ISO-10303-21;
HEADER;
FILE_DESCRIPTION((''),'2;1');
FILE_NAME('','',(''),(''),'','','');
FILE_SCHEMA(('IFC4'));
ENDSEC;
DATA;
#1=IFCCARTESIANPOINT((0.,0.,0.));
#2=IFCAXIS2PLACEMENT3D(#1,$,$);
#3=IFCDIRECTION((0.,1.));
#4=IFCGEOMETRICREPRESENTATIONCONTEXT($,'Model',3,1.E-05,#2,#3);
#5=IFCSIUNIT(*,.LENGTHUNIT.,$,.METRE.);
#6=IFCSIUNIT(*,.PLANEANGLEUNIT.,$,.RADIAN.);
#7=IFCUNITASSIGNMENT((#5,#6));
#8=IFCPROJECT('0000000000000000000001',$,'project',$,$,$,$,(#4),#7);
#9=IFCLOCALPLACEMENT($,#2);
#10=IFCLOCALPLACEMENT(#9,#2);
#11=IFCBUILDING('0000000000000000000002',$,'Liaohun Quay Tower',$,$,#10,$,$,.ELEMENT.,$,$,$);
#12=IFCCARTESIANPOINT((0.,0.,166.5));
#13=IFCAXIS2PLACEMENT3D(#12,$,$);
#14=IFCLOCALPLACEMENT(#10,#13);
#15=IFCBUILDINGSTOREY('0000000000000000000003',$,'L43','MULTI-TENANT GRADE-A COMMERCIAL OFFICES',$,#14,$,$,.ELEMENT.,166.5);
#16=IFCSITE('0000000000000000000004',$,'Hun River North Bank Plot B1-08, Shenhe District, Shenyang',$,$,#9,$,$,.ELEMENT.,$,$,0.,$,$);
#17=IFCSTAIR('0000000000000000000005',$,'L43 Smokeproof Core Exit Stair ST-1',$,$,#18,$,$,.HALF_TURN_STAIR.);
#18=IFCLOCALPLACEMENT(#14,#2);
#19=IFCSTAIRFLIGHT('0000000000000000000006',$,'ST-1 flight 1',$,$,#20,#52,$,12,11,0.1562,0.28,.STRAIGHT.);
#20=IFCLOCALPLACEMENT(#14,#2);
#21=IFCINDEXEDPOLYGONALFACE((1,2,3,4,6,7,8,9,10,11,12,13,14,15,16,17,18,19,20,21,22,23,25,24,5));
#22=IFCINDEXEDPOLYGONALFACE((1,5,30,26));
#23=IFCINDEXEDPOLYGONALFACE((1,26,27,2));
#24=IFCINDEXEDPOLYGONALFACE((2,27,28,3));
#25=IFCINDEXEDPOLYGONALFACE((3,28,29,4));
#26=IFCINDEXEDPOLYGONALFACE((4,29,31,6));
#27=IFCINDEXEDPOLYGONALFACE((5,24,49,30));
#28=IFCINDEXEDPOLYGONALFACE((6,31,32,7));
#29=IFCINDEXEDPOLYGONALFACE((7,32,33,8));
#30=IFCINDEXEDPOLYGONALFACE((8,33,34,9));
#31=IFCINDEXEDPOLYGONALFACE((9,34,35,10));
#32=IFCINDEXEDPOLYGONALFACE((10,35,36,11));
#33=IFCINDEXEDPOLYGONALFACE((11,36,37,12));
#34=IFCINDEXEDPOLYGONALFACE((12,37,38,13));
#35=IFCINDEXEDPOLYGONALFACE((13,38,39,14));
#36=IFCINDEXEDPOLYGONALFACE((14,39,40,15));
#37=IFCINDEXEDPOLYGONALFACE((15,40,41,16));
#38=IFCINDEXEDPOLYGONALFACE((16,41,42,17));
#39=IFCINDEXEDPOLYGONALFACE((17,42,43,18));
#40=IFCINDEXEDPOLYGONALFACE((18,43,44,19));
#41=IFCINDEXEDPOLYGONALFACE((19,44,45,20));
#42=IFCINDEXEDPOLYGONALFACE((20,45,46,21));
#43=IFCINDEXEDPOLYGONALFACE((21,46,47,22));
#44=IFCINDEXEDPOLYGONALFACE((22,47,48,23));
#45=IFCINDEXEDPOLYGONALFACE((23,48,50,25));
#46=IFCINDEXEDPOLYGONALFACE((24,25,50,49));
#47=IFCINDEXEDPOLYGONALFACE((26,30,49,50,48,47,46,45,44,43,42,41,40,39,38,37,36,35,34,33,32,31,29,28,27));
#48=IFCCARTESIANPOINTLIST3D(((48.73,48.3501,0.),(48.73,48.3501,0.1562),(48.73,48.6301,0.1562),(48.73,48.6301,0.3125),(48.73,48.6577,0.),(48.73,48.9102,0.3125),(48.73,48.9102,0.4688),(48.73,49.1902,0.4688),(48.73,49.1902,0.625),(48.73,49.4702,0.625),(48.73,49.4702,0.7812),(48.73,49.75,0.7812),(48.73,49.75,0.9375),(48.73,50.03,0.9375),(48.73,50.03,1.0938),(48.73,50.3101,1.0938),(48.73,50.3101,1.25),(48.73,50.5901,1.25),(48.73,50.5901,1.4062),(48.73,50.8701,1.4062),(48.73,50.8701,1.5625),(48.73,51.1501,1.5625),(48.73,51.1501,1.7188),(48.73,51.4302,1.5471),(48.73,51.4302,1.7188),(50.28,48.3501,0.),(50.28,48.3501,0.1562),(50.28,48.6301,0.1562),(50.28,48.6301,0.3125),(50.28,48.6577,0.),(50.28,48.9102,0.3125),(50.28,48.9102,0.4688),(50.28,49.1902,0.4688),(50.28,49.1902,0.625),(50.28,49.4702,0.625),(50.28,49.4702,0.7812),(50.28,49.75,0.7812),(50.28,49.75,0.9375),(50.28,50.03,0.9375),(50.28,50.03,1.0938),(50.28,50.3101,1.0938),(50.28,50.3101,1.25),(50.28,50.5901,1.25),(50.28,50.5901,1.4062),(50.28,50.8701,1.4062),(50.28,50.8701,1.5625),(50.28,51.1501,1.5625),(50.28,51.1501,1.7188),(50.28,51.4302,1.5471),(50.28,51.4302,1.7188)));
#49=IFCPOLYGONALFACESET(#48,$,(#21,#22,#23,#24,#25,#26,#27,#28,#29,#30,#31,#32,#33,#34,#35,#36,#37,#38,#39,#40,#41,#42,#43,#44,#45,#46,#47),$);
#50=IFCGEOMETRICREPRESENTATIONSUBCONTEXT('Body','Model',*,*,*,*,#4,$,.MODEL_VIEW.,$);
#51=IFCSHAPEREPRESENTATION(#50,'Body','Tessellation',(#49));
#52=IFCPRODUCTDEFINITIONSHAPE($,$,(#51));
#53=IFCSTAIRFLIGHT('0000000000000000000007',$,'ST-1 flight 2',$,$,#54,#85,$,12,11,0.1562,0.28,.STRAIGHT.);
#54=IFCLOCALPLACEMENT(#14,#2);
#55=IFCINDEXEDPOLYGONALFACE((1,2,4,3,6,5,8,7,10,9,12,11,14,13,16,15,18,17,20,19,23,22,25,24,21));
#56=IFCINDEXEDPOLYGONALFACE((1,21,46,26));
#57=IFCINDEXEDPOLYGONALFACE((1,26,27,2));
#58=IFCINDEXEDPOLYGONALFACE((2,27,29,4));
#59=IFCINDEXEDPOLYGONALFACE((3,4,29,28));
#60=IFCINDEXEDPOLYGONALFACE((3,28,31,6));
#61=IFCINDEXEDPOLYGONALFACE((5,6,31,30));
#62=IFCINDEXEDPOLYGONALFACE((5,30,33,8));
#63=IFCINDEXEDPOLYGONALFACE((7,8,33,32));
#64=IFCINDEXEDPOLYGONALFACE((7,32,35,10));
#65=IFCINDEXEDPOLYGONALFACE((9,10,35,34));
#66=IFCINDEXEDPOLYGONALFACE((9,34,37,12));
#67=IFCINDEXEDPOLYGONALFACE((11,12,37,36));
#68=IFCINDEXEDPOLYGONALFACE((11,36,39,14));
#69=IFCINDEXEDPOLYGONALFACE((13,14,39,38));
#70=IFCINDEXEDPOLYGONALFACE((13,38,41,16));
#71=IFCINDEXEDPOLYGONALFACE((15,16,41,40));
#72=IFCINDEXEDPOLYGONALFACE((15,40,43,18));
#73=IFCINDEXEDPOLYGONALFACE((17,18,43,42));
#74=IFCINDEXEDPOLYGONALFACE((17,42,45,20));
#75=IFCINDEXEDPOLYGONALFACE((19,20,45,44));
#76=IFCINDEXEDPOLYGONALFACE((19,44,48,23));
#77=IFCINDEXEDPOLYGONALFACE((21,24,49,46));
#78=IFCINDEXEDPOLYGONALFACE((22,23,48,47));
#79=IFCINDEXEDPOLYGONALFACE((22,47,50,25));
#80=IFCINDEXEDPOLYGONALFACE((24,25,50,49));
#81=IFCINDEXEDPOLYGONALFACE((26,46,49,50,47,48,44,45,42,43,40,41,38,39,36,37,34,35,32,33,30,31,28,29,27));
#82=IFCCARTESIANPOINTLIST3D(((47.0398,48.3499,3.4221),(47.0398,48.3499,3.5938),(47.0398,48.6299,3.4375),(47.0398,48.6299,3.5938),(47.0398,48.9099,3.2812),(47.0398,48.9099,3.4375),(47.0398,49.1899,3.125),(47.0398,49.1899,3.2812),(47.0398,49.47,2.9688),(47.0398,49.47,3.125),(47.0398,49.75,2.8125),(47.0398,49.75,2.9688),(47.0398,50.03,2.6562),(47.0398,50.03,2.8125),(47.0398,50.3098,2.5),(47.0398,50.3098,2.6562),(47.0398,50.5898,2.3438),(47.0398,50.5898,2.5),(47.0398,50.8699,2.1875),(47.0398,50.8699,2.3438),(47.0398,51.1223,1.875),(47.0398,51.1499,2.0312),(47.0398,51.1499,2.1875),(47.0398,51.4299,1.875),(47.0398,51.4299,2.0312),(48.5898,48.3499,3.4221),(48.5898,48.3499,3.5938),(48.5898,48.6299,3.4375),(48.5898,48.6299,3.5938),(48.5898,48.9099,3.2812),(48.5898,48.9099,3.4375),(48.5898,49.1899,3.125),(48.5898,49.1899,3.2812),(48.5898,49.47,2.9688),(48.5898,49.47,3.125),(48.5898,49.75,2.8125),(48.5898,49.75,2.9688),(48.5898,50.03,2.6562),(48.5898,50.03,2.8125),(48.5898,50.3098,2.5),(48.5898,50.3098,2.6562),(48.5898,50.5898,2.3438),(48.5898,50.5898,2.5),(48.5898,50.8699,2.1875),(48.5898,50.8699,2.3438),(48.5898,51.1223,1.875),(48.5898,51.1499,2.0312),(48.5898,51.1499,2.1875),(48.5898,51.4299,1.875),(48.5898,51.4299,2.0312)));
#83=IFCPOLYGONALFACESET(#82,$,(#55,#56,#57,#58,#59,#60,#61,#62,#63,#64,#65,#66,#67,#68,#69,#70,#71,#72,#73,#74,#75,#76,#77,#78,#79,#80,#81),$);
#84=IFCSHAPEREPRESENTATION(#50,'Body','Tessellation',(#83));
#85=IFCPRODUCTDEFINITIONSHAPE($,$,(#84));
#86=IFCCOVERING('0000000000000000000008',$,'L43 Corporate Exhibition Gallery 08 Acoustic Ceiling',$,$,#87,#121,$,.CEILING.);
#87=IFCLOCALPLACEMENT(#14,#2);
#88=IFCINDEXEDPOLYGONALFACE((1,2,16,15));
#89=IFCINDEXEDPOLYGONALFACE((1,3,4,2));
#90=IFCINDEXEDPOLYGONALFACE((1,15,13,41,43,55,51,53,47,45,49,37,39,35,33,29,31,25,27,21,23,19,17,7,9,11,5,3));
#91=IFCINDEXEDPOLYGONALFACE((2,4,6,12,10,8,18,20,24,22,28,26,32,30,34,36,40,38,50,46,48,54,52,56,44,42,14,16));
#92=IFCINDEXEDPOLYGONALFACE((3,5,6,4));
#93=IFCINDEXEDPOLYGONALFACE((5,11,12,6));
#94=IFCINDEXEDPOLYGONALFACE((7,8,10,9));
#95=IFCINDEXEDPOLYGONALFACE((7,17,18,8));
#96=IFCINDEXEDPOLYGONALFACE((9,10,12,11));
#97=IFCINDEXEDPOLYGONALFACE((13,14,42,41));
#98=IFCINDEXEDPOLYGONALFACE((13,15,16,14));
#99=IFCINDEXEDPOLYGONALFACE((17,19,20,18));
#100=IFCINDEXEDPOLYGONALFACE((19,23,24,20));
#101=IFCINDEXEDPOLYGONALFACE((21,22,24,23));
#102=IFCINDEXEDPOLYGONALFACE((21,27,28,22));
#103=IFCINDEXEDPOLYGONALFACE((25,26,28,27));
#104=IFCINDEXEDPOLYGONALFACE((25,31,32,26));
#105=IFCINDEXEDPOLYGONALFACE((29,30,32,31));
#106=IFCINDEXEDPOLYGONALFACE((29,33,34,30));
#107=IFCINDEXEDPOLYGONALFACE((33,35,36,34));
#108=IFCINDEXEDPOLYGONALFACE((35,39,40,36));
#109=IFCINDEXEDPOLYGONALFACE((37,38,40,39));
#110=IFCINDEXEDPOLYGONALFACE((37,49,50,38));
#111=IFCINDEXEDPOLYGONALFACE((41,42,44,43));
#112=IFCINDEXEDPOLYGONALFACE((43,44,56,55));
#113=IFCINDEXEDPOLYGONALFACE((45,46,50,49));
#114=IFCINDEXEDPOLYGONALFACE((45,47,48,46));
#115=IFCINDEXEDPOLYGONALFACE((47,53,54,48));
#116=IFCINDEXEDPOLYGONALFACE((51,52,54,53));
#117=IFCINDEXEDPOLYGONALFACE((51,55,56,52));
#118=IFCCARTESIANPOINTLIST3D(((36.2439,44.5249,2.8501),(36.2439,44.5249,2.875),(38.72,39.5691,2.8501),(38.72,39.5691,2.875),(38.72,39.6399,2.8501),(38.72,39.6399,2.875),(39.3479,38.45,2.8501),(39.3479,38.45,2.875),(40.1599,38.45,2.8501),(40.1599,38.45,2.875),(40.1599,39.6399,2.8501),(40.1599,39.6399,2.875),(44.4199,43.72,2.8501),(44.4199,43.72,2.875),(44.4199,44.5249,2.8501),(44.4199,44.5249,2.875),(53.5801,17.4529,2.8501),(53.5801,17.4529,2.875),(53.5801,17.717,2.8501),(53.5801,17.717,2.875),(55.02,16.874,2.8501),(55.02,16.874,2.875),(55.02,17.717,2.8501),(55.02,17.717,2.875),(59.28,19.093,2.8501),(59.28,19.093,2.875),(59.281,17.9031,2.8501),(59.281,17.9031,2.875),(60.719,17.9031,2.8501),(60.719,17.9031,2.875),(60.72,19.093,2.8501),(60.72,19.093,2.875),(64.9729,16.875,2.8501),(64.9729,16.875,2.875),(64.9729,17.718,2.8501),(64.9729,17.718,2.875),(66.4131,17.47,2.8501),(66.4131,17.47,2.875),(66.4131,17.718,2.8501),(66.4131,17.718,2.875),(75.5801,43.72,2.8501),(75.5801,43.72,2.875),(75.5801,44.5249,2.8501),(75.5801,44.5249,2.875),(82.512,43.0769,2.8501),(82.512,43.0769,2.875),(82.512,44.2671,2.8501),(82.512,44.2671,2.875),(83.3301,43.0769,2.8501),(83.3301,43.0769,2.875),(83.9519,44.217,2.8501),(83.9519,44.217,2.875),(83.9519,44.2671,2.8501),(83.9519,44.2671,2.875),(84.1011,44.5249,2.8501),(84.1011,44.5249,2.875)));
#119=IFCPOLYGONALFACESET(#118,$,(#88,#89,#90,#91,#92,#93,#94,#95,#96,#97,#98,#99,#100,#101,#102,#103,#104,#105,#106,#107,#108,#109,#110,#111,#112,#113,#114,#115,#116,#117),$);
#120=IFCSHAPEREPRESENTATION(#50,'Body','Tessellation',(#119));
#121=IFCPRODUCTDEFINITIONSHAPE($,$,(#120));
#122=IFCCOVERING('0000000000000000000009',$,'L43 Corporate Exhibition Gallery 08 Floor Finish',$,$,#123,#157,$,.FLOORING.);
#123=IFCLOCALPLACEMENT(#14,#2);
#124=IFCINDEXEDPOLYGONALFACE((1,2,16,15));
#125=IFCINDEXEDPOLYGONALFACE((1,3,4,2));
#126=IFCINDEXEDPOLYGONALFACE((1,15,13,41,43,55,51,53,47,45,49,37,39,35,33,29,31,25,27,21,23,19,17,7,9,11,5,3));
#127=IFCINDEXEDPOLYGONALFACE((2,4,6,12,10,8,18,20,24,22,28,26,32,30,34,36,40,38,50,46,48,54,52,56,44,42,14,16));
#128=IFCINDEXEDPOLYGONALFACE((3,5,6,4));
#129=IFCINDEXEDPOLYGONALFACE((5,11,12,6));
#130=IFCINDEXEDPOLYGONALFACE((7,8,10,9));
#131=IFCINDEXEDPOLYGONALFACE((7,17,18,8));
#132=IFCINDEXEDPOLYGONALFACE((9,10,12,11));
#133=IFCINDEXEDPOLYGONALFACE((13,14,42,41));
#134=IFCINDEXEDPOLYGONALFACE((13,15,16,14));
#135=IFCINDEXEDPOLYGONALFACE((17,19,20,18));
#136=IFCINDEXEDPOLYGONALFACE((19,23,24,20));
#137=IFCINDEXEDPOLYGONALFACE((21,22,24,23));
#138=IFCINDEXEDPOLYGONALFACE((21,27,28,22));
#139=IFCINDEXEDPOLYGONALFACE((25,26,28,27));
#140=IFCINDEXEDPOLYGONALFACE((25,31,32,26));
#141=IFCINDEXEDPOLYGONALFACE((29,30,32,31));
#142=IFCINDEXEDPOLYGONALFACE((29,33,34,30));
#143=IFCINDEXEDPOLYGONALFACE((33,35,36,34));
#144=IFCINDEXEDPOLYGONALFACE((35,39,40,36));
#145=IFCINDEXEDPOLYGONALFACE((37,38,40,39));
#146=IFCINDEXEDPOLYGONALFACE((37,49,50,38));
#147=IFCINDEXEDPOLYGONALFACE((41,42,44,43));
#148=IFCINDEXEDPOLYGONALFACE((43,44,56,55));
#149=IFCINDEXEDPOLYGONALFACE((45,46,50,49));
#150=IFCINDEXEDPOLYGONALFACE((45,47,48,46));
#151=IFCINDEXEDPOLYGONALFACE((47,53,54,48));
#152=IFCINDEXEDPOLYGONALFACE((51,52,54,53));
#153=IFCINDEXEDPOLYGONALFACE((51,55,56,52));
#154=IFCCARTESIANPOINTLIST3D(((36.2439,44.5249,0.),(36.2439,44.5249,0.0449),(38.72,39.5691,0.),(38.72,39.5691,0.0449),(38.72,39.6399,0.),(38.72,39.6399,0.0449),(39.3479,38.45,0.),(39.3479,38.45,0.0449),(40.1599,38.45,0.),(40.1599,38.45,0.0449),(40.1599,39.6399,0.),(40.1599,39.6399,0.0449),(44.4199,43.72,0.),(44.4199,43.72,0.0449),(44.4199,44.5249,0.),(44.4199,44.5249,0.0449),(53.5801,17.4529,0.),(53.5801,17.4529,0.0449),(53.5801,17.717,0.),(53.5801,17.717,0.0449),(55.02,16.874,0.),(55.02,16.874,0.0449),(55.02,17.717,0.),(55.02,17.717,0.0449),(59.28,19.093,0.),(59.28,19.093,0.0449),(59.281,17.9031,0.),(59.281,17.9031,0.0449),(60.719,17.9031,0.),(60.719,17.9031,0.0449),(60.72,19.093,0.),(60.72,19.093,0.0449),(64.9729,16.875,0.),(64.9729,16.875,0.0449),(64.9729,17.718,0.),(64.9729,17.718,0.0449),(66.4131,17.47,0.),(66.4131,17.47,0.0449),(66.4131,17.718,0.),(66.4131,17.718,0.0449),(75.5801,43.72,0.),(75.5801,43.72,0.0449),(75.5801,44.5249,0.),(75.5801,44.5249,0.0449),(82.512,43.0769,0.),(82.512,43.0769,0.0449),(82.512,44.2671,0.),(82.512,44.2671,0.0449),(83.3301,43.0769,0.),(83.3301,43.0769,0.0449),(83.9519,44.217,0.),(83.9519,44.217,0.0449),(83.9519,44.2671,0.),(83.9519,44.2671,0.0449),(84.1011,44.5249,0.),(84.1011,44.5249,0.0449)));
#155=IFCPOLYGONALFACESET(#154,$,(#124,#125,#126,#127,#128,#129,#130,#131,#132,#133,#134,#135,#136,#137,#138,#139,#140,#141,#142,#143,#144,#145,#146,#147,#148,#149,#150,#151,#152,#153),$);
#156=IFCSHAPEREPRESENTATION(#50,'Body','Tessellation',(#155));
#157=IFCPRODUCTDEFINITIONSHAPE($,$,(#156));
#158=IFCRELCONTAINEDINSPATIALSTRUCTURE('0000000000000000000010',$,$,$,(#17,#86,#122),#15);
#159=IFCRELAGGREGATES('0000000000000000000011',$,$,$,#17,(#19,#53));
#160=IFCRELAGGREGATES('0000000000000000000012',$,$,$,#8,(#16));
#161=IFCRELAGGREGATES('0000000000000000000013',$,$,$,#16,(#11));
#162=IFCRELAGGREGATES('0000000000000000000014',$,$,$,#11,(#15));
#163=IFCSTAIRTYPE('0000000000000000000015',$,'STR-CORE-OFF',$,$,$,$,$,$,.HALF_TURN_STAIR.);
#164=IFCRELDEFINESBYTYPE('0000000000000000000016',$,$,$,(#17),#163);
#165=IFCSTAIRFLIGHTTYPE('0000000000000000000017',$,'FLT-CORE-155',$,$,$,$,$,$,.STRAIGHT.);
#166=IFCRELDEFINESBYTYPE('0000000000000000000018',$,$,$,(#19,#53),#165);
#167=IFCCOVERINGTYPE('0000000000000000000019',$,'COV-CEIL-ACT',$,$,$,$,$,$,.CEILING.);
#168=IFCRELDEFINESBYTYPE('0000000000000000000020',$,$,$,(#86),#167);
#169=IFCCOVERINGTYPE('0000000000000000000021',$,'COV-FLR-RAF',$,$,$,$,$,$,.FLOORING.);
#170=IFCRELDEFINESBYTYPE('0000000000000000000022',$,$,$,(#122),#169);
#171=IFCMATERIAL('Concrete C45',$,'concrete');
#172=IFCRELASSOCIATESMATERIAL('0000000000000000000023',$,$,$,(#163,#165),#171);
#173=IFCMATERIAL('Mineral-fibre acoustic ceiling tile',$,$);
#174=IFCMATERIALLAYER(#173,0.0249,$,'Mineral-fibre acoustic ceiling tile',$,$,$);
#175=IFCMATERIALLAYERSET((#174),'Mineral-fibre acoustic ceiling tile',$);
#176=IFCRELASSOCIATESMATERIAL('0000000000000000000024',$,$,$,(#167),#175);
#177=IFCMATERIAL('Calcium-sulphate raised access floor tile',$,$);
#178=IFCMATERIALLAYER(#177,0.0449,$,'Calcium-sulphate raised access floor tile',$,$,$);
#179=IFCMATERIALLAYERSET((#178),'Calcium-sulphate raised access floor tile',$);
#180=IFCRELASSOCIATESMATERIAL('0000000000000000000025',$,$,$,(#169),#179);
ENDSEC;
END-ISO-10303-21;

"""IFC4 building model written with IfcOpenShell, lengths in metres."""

from ifc_helpers import new_model, si_unit, direction, frame, origin, place, context, subcontext, project, spatial, polyline, outline, extrude, material, layer, layer_set, type_object, element, aggregate, save


model = new_model("IFC4")

# Units and contexts
model_context = context("Model", 3, precision=1e-05, world=origin(), true_north=direction((0.0, 1.0)))
body_context = subcontext(model_context, "Body", "Model", "MODEL_VIEW")
ifc_project = project(units=[si_unit("LENGTHUNIT", "METRE"), si_unit("PLANEANGLEUNIT", "RADIAN")], contexts=[model_context])

# Site, building, storey
site_placement = place(None, origin())
site = spatial("IfcSite", under=ifc_project, at=site_placement, Name="Hun River North Bank Plot B1-08, Shenhe District, Shenyang", CompositionType="ELEMENT", RefElevation=0.0)
building_placement = place(site_placement, origin())
building = spatial("IfcBuilding", under=site, at=building_placement, Name="Liaohun Quay Tower", CompositionType="ELEMENT")
storey_placement = place(building_placement, frame((0.0, 0.0, 166.5)))
storey = spatial("IfcBuildingStorey", under=building, at=storey_placement, Name="L43", Description="MULTI-TENANT GRADE-A COMMERCIAL OFFICES", CompositionType="ELEMENT", Elevation=166.5)

# Stair
ifc_material_1 = material(Name="Concrete C45", Category="concrete")
stair_type = type_object("IfcStairType", Name="STR-CORE-OFF", PredefinedType="HALF_TURN_STAIR", material=ifc_material_1)
stair_1_placement = place(storey_placement, origin())
stair_1 = element("IfcStair", 1, at=stair_1_placement, inside=storey, type_object=stair_type, Name="L43 Smokeproof Core Exit Stair ST-1", PredefinedType="HALF_TURN_STAIR")

# Stair flights
stair_flight_type = type_object("IfcStairFlightType", Name="FLT-CORE-155", PredefinedType="STRAIGHT", material=ifc_material_1)
stair_flight_1_placement = place(storey_placement, frame((49.5049, 48.3501, 0.0), z_axis=(0.0, 0.0, 1.0), x_axis=(0.0, 1.0, 0.0)))
stair_flight_1 = element("IfcStairFlight", 2, at=stair_flight_1_placement, type_object=stair_flight_type, Name="ST-1 flight 1", NumberOfRisers=12, NumberOfTreads=11, PredefinedType="STRAIGHT", RiserHeight=0.1562, TreadLength=0.28, context=body_context, shape_type="SweptSolid", body=[
    extrude(outline(polyline([(0.0, 0.0), (0.0, 0.1562), (0.28, 0.1562), (0.28, 0.3125), (0.5601, 0.3125), (0.5601, 0.4688), (0.8401, 0.4688), (0.8401, 0.625), (1.1201, 0.625), (1.1201, 0.7812), (1.3999, 0.7812), (1.3999, 0.9375), (1.6799, 0.9375), (1.6799, 1.0938), (1.96, 1.0938), (1.96, 1.25), (2.24, 1.25), (2.24, 1.4062), (2.52, 1.4062), (2.52, 1.5625), (2.8, 1.5625), (2.8, 1.7188), (3.0801, 1.7188), (3.0801, 1.875), (3.0801, 1.5471), (0.3076, 0.0), (0.0, 0.0)])), frame((0.0, 0.7749, 0.0), z_axis=(0.0, -1.0, 0.0), x_axis=(1.0, 0.0, 0.0)), (0.0, 0.0, 1.0), 1.55),
])
stair_flight_2_placement = place(storey_placement, frame((47.8149, 51.4299, 1.875), z_axis=(0.0, 0.0, 1.0), x_axis=(0.0, -1.0, 0.0)))
stair_flight_2 = element("IfcStairFlight", 3, at=stair_flight_2_placement, type_object=stair_flight_type, Name="ST-1 flight 2", NumberOfRisers=12, NumberOfTreads=11, PredefinedType="STRAIGHT", RiserHeight=0.1562, TreadLength=0.28, context=body_context, shape_type="SweptSolid", body=[
    extrude(outline(polyline([(0.0, 0.0), (0.0, 0.1562), (0.28, 0.1562), (0.28, 0.3125), (0.5601, 0.3125), (0.5601, 0.4688), (0.8401, 0.4688), (0.8401, 0.625), (1.1201, 0.625), (1.1201, 0.7812), (1.3999, 0.7812), (1.3999, 0.9375), (1.6799, 0.9375), (1.6799, 1.0938), (1.96, 1.0938), (1.96, 1.25), (2.24, 1.25), (2.24, 1.4062), (2.52, 1.4062), (2.52, 1.5625), (2.8, 1.5625), (2.8, 1.7188), (3.0801, 1.7188), (3.0801, 1.875), (3.0801, 1.5471), (0.3076, 0.0), (0.0, 0.0)])), frame((0.0, 0.7749, 0.0), z_axis=(0.0, -1.0, 0.0), x_axis=(1.0, 0.0, 0.0)), (0.0, 0.0, 1.0), 1.55),
])
aggregate(stair_1, [stair_flight_1, stair_flight_2])

# Coverings
ifc_material_2 = material(Name="Mineral-fibre acoustic ceiling tile")
ifc_layer_1 = layer(ifc_material_2, 0.0249, Name="Mineral-fibre acoustic ceiling tile")
ifc_layer_set_1 = layer_set([ifc_layer_1], Name="Mineral-fibre acoustic ceiling tile")
covering_type_1 = type_object("IfcCoveringType", Name="COV-CEIL-ACT", PredefinedType="CEILING", material=ifc_layer_set_1)
covering_1_placement = place(storey_placement, frame((0.0, 0.0, 2.8501)))
element("IfcCovering", 4, at=covering_1_placement, inside=storey, type_object=covering_type_1, Name="L43 Corporate Exhibition Gallery 08 Acoustic Ceiling", PredefinedType="CEILING", context=body_context, shape_type="SweptSolid", body=[
    extrude(outline(polyline([(36.2439, 44.5249), (38.72, 39.5691), (38.72, 39.6399), (40.1599, 39.6399), (40.1599, 38.45), (39.3479, 38.45), (53.5801, 17.4529), (53.5801, 17.717), (55.02, 17.717), (55.02, 16.874), (59.281, 17.9031), (59.28, 19.093), (60.72, 19.093), (60.719, 17.9031), (64.9729, 16.875), (64.9729, 17.718), (66.4131, 17.718), (66.4131, 17.47), (83.3301, 43.0769), (82.512, 43.0769), (82.512, 44.2671), (83.9519, 44.2671), (83.9519, 44.217), (84.1011, 44.5249), (75.5801, 44.5249), (75.5801, 43.72), (44.4199, 43.72), (44.4199, 44.5249), (36.2439, 44.5249)])), origin(), (0.0, 0.0, 1.0), 0.0249),
])
ifc_material_3 = material(Name="Calcium-sulphate raised access floor tile")
ifc_layer_2 = layer(ifc_material_3, 0.0449, Name="Calcium-sulphate raised access floor tile")
ifc_layer_set_2 = layer_set([ifc_layer_2], Name="Calcium-sulphate raised access floor tile")
covering_type_2 = type_object("IfcCoveringType", Name="COV-FLR-RAF", PredefinedType="FLOORING", material=ifc_layer_set_2)
covering_2_placement = place(storey_placement, origin())
element("IfcCovering", 5, at=covering_2_placement, inside=storey, type_object=covering_type_2, Name="L43 Corporate Exhibition Gallery 08 Floor Finish", PredefinedType="FLOORING", context=body_context, shape_type="SweptSolid", body=[
    extrude(outline(polyline([(36.2439, 44.5249), (38.72, 39.5691), (38.72, 39.6399), (40.1599, 39.6399), (40.1599, 38.45), (39.3479, 38.45), (53.5801, 17.4529), (53.5801, 17.717), (55.02, 17.717), (55.02, 16.874), (59.281, 17.9031), (59.28, 19.093), (60.72, 19.093), (60.719, 17.9031), (64.9729, 16.875), (64.9729, 17.718), (66.4131, 17.718), (66.4131, 17.47), (83.3301, 43.0769), (82.512, 43.0769), (82.512, 44.2671), (83.9519, 44.2671), (83.9519, 44.217), (84.1011, 44.5249), (75.5801, 44.5249), (75.5801, 43.72), (44.4199, 43.72), (44.4199, 44.5249), (36.2439, 44.5249)])), origin(), (0.0, 0.0, 1.0), 0.0449),
])

save(model, "model.ifc")
